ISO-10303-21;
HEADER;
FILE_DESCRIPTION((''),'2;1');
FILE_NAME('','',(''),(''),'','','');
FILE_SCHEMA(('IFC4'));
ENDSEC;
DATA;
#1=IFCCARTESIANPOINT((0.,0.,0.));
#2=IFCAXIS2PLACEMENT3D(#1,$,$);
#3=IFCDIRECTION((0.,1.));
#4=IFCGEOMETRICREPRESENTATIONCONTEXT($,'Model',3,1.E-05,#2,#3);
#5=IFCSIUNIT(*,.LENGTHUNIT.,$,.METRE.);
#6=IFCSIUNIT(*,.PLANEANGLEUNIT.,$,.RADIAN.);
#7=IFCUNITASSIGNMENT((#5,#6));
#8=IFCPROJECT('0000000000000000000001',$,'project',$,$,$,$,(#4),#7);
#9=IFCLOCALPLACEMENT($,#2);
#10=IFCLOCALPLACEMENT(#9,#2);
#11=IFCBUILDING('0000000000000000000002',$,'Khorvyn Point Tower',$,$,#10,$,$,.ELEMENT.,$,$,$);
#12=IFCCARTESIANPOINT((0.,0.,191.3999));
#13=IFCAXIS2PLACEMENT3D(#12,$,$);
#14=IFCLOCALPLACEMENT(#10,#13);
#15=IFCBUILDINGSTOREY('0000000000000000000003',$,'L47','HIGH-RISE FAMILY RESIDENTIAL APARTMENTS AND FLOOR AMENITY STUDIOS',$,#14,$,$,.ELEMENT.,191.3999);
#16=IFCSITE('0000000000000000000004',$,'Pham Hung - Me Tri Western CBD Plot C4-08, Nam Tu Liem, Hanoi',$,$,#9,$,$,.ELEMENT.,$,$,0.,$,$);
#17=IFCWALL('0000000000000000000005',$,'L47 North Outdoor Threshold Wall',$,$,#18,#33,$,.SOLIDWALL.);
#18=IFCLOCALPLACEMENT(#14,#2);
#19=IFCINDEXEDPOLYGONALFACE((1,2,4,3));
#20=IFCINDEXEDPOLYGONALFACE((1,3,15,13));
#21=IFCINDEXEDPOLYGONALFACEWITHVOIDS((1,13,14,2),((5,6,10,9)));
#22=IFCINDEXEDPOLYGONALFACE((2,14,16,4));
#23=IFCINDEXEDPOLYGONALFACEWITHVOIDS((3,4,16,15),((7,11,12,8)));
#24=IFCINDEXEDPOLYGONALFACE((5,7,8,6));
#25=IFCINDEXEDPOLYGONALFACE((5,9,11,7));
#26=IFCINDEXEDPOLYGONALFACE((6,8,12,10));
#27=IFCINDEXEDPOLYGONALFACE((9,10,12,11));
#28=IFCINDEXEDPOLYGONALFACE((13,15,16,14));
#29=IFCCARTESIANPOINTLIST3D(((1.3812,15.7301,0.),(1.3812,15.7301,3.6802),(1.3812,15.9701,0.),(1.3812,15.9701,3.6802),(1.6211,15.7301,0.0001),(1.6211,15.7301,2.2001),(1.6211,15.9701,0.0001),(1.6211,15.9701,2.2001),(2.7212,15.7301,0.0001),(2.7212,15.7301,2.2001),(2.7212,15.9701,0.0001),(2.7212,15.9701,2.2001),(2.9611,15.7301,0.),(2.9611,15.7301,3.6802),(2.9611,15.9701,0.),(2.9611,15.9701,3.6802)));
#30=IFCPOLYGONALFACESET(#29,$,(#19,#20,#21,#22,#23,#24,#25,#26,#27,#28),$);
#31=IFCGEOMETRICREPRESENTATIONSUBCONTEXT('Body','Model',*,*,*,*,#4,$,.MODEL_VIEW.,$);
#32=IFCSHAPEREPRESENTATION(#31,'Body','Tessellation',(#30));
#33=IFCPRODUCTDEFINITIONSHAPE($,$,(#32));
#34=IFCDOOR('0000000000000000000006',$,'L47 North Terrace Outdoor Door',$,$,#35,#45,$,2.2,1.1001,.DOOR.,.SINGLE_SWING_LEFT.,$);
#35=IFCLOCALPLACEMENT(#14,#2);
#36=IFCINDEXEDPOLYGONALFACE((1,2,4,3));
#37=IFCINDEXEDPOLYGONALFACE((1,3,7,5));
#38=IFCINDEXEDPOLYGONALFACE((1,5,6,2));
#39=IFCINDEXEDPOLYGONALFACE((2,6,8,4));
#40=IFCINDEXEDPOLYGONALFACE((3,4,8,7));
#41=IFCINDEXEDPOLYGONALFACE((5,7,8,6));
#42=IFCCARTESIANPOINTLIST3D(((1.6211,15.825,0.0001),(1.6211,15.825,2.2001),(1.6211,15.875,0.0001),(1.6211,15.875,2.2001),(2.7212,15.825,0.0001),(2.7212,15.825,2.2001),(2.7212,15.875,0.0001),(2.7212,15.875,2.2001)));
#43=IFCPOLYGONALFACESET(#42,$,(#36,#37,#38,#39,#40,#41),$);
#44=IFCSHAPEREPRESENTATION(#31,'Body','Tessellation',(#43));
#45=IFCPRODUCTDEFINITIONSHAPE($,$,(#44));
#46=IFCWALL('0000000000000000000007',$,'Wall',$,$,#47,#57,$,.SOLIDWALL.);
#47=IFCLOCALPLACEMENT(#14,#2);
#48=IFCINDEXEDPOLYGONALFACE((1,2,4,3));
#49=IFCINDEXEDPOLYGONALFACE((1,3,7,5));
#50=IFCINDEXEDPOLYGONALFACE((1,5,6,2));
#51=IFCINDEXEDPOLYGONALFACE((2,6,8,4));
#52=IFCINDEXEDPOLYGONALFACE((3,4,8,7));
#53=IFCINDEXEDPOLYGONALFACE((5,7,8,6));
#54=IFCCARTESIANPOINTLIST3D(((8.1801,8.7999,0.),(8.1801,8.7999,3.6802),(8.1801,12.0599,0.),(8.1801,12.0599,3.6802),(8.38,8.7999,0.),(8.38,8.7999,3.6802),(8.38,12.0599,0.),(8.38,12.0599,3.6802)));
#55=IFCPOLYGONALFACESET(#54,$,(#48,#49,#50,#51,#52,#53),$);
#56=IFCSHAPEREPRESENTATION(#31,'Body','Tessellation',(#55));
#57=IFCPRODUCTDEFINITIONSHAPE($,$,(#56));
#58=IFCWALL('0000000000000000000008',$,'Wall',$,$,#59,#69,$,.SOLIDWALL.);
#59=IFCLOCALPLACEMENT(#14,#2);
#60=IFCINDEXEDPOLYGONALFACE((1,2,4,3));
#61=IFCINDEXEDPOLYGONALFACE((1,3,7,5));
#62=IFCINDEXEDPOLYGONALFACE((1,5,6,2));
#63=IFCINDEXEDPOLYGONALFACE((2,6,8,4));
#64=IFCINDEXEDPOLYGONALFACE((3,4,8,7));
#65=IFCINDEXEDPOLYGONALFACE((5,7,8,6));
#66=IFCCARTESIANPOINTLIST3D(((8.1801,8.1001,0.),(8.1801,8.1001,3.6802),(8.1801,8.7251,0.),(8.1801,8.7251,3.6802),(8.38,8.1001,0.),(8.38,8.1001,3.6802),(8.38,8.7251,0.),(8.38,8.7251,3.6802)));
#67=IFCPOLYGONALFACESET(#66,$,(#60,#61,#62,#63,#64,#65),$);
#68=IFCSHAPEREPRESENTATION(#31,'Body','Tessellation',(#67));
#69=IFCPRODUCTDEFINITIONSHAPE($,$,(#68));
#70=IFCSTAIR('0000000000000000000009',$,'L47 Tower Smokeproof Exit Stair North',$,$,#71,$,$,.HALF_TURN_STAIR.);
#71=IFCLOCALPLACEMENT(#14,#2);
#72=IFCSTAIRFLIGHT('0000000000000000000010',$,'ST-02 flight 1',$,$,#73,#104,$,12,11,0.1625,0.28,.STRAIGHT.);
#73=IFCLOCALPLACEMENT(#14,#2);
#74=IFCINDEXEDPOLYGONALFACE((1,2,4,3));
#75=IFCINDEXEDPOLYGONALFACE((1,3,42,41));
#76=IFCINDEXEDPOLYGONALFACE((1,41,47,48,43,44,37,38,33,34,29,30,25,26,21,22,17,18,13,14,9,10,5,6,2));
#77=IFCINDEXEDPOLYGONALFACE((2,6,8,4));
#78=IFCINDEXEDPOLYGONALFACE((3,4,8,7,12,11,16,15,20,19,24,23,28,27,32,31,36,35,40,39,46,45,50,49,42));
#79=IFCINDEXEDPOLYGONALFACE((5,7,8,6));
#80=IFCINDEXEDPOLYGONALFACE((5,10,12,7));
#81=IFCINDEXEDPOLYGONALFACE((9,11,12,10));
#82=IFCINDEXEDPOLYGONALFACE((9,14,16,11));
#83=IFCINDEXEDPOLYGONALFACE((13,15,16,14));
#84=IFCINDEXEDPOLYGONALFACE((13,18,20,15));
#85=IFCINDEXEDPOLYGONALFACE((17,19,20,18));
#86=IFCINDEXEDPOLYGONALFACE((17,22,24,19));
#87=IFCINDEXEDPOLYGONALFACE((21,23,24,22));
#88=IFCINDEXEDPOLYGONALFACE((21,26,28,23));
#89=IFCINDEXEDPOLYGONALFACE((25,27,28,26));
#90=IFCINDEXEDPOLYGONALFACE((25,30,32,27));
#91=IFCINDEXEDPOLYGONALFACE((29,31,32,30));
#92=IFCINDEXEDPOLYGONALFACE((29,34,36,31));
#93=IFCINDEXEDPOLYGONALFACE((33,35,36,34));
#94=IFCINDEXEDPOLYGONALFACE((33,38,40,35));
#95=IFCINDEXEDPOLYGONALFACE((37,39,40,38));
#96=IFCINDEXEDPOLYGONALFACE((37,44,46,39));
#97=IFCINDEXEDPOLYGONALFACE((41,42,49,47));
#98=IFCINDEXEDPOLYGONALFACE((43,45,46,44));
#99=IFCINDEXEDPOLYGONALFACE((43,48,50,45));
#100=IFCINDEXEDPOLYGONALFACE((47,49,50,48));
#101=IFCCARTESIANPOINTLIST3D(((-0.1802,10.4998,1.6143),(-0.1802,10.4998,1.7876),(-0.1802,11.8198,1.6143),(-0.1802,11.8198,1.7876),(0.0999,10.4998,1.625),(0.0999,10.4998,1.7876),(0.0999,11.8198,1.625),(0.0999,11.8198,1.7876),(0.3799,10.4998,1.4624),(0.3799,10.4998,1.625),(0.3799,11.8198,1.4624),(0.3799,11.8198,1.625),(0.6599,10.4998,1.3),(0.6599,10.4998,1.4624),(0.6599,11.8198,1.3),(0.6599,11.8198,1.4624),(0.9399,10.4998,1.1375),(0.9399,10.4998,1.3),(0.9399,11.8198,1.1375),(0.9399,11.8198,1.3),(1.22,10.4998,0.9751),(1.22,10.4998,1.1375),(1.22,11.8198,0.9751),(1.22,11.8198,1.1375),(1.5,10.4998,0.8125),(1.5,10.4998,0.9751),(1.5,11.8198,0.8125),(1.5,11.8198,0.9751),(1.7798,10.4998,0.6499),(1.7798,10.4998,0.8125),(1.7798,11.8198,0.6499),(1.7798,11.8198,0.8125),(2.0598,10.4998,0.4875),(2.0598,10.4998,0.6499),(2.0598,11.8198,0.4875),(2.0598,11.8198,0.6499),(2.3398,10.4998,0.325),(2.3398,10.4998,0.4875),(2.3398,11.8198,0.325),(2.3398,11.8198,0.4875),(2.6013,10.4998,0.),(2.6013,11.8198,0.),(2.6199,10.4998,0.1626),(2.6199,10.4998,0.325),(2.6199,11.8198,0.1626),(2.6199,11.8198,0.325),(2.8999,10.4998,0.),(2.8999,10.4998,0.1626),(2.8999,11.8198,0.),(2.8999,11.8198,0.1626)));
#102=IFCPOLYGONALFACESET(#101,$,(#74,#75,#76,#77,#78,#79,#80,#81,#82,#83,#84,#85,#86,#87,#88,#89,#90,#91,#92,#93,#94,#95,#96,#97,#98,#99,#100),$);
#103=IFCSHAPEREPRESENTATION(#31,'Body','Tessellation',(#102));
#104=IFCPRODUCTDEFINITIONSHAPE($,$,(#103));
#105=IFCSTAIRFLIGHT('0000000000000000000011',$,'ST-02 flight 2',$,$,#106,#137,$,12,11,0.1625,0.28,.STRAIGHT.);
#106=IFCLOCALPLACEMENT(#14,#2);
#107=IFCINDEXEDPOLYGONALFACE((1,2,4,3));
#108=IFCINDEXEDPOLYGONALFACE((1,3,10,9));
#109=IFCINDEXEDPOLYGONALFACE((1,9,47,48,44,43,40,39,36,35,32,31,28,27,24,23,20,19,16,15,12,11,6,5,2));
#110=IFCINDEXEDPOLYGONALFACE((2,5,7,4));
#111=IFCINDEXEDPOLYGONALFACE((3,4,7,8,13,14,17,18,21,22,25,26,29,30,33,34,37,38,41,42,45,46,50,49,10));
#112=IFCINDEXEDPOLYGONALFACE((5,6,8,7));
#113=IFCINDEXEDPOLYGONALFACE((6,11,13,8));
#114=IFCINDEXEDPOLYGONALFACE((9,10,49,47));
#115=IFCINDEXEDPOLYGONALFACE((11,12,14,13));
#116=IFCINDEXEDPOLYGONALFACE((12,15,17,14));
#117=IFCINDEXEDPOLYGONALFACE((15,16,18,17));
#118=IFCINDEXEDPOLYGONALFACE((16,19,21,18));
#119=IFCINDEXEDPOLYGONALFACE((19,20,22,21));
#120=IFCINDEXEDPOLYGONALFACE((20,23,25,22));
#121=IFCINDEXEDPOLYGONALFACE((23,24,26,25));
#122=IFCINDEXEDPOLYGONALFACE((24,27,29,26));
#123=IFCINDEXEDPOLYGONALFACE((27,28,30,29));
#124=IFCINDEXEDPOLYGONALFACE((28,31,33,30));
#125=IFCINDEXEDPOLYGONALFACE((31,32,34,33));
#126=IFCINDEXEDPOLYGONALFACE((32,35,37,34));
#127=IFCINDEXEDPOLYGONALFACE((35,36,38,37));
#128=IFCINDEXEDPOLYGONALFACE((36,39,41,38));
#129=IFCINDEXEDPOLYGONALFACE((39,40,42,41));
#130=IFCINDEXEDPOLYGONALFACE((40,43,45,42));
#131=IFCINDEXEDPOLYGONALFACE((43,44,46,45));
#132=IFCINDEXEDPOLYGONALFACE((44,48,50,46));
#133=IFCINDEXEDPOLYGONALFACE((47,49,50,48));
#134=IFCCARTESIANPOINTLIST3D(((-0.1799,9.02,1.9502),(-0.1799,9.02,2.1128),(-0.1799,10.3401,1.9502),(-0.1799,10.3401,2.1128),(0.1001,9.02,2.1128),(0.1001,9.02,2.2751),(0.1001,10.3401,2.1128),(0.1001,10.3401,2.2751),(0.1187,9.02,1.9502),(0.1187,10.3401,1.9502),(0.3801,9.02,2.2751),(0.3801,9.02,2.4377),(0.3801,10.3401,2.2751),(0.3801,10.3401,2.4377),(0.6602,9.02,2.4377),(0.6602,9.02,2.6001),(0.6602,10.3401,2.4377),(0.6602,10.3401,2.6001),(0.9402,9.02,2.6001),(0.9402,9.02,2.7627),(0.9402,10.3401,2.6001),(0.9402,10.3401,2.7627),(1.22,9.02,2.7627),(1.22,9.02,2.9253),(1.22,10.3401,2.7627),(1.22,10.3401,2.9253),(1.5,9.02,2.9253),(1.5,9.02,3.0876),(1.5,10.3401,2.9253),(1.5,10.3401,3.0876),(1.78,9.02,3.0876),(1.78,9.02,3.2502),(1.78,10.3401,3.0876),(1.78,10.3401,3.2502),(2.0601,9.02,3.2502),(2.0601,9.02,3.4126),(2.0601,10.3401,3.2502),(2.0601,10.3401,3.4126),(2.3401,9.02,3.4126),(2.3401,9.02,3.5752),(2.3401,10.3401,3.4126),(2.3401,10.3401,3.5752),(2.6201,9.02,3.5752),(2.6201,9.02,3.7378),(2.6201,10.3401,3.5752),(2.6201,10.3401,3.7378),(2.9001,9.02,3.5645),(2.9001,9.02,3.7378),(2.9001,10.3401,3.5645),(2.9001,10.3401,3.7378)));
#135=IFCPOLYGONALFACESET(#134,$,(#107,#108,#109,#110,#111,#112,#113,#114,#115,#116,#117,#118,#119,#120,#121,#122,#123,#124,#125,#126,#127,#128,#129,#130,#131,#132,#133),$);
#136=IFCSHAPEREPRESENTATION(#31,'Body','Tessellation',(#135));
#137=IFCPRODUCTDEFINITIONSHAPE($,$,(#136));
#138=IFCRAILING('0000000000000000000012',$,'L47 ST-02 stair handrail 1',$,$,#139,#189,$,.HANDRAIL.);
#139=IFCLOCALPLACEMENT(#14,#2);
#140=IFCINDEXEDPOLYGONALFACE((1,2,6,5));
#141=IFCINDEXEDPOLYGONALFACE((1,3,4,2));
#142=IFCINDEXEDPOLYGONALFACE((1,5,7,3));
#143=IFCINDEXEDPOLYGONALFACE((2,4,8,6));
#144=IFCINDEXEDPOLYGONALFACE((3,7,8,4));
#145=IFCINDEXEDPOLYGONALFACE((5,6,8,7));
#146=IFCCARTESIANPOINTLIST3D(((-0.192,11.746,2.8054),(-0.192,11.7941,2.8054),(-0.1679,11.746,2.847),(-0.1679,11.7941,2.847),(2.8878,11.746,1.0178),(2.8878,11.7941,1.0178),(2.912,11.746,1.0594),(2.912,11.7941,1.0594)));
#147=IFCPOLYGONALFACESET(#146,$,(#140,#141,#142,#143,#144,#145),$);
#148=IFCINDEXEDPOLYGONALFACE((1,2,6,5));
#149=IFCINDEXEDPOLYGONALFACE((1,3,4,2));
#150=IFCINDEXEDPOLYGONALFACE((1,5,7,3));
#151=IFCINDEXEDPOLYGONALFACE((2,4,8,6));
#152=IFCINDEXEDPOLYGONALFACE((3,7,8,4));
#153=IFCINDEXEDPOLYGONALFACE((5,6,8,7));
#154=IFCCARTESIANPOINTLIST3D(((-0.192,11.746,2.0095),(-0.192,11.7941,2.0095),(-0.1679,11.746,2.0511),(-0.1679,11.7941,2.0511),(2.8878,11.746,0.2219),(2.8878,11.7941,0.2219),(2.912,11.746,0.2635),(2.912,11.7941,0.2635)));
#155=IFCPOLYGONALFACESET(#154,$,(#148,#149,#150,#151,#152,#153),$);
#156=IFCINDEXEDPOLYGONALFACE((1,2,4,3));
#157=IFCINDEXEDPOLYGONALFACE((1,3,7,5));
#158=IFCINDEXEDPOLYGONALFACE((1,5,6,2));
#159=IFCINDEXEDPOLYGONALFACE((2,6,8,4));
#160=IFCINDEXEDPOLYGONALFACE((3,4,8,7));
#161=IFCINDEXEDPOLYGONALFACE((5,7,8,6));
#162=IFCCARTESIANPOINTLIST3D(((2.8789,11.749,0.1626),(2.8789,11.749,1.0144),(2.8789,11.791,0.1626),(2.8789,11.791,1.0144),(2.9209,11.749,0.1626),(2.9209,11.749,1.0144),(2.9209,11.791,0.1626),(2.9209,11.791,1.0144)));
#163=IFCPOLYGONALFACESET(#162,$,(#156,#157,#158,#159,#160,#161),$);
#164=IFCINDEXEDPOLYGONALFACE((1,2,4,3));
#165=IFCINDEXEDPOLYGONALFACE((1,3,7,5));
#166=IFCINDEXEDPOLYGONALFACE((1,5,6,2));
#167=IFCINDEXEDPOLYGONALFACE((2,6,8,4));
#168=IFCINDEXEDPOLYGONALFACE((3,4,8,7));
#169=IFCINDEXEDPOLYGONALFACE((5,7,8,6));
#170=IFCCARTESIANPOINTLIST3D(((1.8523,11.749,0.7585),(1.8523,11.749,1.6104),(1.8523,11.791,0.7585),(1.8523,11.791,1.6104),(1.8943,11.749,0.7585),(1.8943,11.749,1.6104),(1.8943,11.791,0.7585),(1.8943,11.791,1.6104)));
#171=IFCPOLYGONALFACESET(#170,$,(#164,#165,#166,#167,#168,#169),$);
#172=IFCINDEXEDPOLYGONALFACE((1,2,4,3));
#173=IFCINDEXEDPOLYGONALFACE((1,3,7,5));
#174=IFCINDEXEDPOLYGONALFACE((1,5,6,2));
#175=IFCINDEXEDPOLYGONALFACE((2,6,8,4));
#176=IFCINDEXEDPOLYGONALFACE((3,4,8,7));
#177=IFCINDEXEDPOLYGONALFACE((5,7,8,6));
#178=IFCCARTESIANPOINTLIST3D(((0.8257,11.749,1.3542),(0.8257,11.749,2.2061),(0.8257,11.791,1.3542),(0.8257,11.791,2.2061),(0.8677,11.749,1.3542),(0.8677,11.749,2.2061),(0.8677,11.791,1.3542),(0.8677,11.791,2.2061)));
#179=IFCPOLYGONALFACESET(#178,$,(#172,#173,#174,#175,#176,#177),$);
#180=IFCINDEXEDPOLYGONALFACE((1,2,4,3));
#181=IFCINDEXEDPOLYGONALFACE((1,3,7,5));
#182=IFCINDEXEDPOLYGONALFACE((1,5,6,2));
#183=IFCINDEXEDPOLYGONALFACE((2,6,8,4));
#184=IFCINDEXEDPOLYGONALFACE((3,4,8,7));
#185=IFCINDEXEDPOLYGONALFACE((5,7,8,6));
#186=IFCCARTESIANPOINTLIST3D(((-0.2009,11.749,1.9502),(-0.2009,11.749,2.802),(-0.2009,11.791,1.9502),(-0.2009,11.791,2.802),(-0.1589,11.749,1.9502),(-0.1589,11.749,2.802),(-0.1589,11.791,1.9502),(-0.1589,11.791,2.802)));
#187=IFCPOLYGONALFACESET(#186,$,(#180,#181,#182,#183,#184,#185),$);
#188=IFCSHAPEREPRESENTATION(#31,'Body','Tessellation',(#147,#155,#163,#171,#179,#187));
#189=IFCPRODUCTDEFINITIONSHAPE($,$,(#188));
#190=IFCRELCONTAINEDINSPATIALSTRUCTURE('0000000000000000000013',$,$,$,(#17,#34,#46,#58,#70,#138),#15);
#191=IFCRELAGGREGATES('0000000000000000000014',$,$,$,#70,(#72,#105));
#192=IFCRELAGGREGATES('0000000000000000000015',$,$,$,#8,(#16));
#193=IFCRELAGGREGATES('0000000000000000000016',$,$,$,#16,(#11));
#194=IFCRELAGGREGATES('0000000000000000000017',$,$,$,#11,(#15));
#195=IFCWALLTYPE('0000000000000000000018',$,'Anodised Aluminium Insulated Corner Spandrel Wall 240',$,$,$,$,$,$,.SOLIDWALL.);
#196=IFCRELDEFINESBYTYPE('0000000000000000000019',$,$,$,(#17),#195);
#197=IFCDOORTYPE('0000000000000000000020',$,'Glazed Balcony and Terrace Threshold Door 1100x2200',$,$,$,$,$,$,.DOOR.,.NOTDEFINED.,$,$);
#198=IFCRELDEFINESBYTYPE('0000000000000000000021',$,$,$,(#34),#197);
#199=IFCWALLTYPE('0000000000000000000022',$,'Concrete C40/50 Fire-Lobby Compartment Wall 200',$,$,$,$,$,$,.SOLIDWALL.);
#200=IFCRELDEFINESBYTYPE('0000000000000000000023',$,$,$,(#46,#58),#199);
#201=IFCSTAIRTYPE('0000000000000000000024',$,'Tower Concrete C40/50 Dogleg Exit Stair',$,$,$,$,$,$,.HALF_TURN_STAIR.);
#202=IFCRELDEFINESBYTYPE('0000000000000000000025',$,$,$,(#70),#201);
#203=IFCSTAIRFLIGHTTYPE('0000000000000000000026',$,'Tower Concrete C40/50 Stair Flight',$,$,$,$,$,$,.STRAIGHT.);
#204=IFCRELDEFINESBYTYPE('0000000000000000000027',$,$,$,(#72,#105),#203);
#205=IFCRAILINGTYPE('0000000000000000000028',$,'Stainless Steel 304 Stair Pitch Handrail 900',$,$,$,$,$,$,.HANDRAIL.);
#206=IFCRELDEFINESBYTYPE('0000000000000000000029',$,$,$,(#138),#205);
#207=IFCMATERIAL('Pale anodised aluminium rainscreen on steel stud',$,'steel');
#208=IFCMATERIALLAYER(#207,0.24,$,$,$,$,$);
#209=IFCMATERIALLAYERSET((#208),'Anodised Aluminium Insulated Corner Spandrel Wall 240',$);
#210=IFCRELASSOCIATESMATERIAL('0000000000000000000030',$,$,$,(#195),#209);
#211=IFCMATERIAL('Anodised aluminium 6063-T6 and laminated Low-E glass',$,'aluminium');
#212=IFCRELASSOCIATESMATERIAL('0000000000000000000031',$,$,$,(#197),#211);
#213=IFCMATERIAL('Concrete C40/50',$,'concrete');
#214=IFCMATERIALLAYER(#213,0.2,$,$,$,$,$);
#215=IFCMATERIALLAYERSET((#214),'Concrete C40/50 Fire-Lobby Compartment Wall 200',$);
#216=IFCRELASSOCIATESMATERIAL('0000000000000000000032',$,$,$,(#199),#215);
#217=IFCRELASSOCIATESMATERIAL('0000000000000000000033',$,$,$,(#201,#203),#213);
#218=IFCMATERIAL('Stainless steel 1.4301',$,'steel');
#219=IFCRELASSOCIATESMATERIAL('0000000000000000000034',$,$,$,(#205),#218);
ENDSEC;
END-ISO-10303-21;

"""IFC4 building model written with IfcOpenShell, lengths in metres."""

from ifc_helpers import new_model, si_unit, direction, frame, frame_2d, origin, origin_2d, place, context, subcontext, project, spatial, polyline, rectangle, outline, extrude, material, layer, layer_set, type_object, element, fill, aggregate, save


model = new_model("IFC4")

# Units and contexts
model_context = context("Model", 3, precision=1e-05, world=origin(), true_north=direction((0.0, 1.0)))
body_context = subcontext(model_context, "Body", "Model", "MODEL_VIEW")
ifc_project = project(units=[si_unit("LENGTHUNIT", "METRE"), si_unit("PLANEANGLEUNIT", "RADIAN")], contexts=[model_context])

# Site, building, storey
site_placement = place(None, origin())
site = spatial("IfcSite", under=ifc_project, at=site_placement, Name="Pham Hung - Me Tri Western CBD Plot C4-08, Nam Tu Liem, Hanoi", CompositionType="ELEMENT", RefElevation=0.0)
building_placement = place(site_placement, origin())
building = spatial("IfcBuilding", under=site, at=building_placement, Name="Khorvyn Point Tower", CompositionType="ELEMENT")
storey_placement = place(building_placement, frame((0.0, 0.0, 191.3999)))
storey = spatial("IfcBuildingStorey", under=building, at=storey_placement, Name="L47", Description="HIGH-RISE FAMILY RESIDENTIAL APARTMENTS AND FLOOR AMENITY STUDIOS", CompositionType="ELEMENT", Elevation=191.3999)

# Shared definitions
ifc_material_1 = material(Name="Anodised aluminium 6063-T6 and laminated Low-E glass", Category="aluminium")

# Wall, opening, door
ifc_material_2 = material(Name="Pale anodised aluminium rainscreen on steel stud", Category="steel")
ifc_layer_1 = layer(ifc_material_2, 0.24)
ifc_layer_set_1 = layer_set([ifc_layer_1], Name="Anodised Aluminium Insulated Corner Spandrel Wall 240")
wall_type_1 = type_object("IfcWallType", Name="Anodised Aluminium Insulated Corner Spandrel Wall 240", PredefinedType="SOLIDWALL", material=ifc_layer_set_1)
wall_1_placement = place(storey_placement, frame((1.3811, 15.8501, 0.0), z_axis=(0.0, 0.0, 1.0), x_axis=(1.0, 0.0, 0.0)))
wall_1 = element("IfcWall", 1, at=wall_1_placement, inside=storey, type_object=wall_type_1, Name="L47 North Outdoor Threshold Wall", PredefinedType="SOLIDWALL", context=body_context, shape_type="SweptSolid", body=[
    extrude(rectangle(XDim=1.5798, YDim=0.24, at=frame_2d((0.79, 0.0))), origin(), (0.0, 0.0, 1.0), 3.6802),
])
opening_1_placement = place(wall_1_placement, frame((0.24, 0.0, 0.0)))
opening_1 = element("IfcOpeningElement", 2, at=opening_1_placement, cuts=wall_1, PredefinedType="OPENING", context=body_context, shape_type="SweptSolid", body=[
    extrude(rectangle(XDim=1.1001, YDim=2.2, at=frame_2d((0.55, 1.1001))), frame((0.0, 0.1299, 0.0), z_axis=(0.0, -1.0, 0.0), x_axis=(1.0, 0.0, 0.0)), (0.0, 0.0, 1.0), 0.26),
])
door_type_1 = type_object("IfcDoorType", Name="Glazed Balcony and Terrace Threshold Door 1100x2200", OperationType="NOTDEFINED", PredefinedType="DOOR", material=ifc_material_1)
door_1_placement = place(opening_1_placement, origin())
door_1 = element("IfcDoor", 3, at=door_1_placement, inside=storey, type_object=door_type_1, Name="L47 North Terrace Outdoor Door", OperationType="SINGLE_SWING_LEFT", OverallHeight=2.2, OverallWidth=1.1001, PredefinedType="DOOR", context=body_context, shape_type="SweptSolid", body=[
    extrude(rectangle(XDim=1.1001, YDim=2.2, at=frame_2d((0.55, 1.1001))), frame((0.0, 0.0249, 0.0), z_axis=(0.0, -1.0, 0.0), x_axis=(1.0, 0.0, 0.0)), (0.0, 0.0, 1.0), 0.05),
])
fill(opening_1, door_1)
ifc_material_3 = material(Name="Concrete C40/50", Category="concrete")
ifc_layer_2 = layer(ifc_material_3, 0.2)
ifc_layer_set_2 = layer_set([ifc_layer_2], Name="Concrete C40/50 Fire-Lobby Compartment Wall 200")
wall_type_2 = type_object("IfcWallType", Name="Concrete C40/50 Fire-Lobby Compartment Wall 200", PredefinedType="SOLIDWALL", material=ifc_layer_set_2)

# Walls
wall_2_placement = place(storey_placement, frame((8.28, 8.8, 0.0), z_axis=(0.0, 0.0, 1.0), x_axis=(0.0, 1.0, 0.0)))
element("IfcWall", 4, at=wall_2_placement, inside=storey, type_object=wall_type_2, Name="Wall", PredefinedType="SOLIDWALL", context=body_context, shape_type="SweptSolid", body=[
    extrude(rectangle(XDim=3.26, YDim=0.2, at=frame_2d((1.6299, 0.0))), origin(), (0.0, 0.0, 1.0), 3.6802),
])
wall_3_placement = place(storey_placement, frame((8.28, 8.1001, 0.0), z_axis=(0.0, 0.0, 1.0), x_axis=(0.0, 1.0, 0.0)))
element("IfcWall", 5, at=wall_3_placement, inside=storey, type_object=wall_type_2, Name="Wall", PredefinedType="SOLIDWALL", context=body_context, shape_type="SweptSolid", body=[
    extrude(rectangle(XDim=0.625, YDim=0.2, at=frame_2d((0.3125, 0.0))), origin(), (0.0, 0.0, 1.0), 3.6802),
])

# Stair, stair flights
stair_type = type_object("IfcStairType", Name="Tower Concrete C40/50 Dogleg Exit Stair", PredefinedType="HALF_TURN_STAIR", material=ifc_material_3)
stair_placement = place(storey_placement, origin())
stair = element("IfcStair", 6, at=stair_placement, inside=storey, type_object=stair_type, Name="L47 Tower Smokeproof Exit Stair North", PredefinedType="HALF_TURN_STAIR")
stair_flight_type = type_object("IfcStairFlightType", Name="Tower Concrete C40/50 Stair Flight", PredefinedType="STRAIGHT", material=ifc_material_3)
stair_flight_1_placement = place(storey_placement, frame((2.8999, 11.1599, 0.0), z_axis=(0.0, 0.0, 1.0), x_axis=(-1.0, 0.0, 0.0)))
stair_flight_1 = element("IfcStairFlight", 7, at=stair_flight_1_placement, type_object=stair_flight_type, Name="ST-02 flight 1", NumberOfRisers=12, NumberOfTreads=11, PredefinedType="STRAIGHT", RiserHeight=0.1625, TreadLength=0.28, context=body_context, shape_type="SweptSolid", body=[
    extrude(outline(polyline([(0.0, 0.0), (0.0, 0.1626), (0.28, 0.1626), (0.28, 0.325), (0.5601, 0.325), (0.5601, 0.4875), (0.8401, 0.4875), (0.8401, 0.6499), (1.1201, 0.6499), (1.1201, 0.8125), (1.3999, 0.8125), (1.3999, 0.9751), (1.6799, 0.9751), (1.6799, 1.1375), (1.96, 1.1375), (1.96, 1.3), (2.24, 1.3), (2.24, 1.4624), (2.52, 1.4624), (2.52, 1.625), (2.8, 1.625), (2.8, 1.7876), (3.0801, 1.7876), (3.0801, 1.95), (3.0801, 1.6143), (0.2986, 0.0), (0.0, 0.0)])), frame((0.0, 0.6602, 0.0), z_axis=(0.0, -1.0, 0.0), x_axis=(1.0, 0.0, 0.0)), (0.0, 0.0, 1.0), 1.3201),
])
stair_flight_2_placement = place(storey_placement, frame((-0.1799, 9.6799, 1.9502), z_axis=(0.0, 0.0, 1.0), x_axis=(1.0, 0.0, 0.0)))
stair_flight_2 = element("IfcStairFlight", 8, at=stair_flight_2_placement, type_object=stair_flight_type, Name="ST-02 flight 2", NumberOfRisers=12, NumberOfTreads=11, PredefinedType="STRAIGHT", RiserHeight=0.1625, TreadLength=0.28, context=body_context, shape_type="SweptSolid", body=[
    extrude(outline(polyline([(0.0, 0.0), (0.0, 0.1626), (0.28, 0.1626), (0.28, 0.325), (0.5601, 0.325), (0.5601, 0.4875), (0.8401, 0.4875), (0.8401, 0.6499), (1.1201, 0.6499), (1.1201, 0.8125), (1.3999, 0.8125), (1.3999, 0.9751), (1.6799, 0.9751), (1.6799, 1.1375), (1.96, 1.1375), (1.96, 1.3), (2.24, 1.3), (2.24, 1.4624), (2.52, 1.4624), (2.52, 1.625), (2.8, 1.625), (2.8, 1.7876), (3.0801, 1.7876), (3.0801, 1.95), (3.0801, 1.6143), (0.2986, 0.0), (0.0, 0.0)])), frame((0.0, 0.6602, 0.0), z_axis=(0.0, -1.0, 0.0), x_axis=(1.0, 0.0, 0.0)), (0.0, 0.0, 1.0), 1.3201),
])
aggregate(stair, [stair_flight_1, stair_flight_2])

# Railing
ifc_material_4 = material(Name="Stainless steel 1.4301", Category="steel")
railing_type_1 = type_object("IfcRailingType", Name="Stainless Steel 304 Stair Pitch Handrail 900", PredefinedType="HANDRAIL", material=ifc_material_4)
railing_1_placement = place(storey_placement, frame((2.8999, 11.77, 0.1626)))
element("IfcRailing", 9, at=railing_1_placement, inside=storey, type_object=railing_type_1, Name="L47 ST-02 stair handrail 1", PredefinedType="HANDRAIL", context=body_context, shape_type="SweptSolid", body=[
    extrude(rectangle(XDim=0.0481, YDim=0.0481, at=origin_2d()), frame((0.0, 0.0, 0.876), z_axis=(-0.864873, 0.0, 0.50199), x_axis=(0.0, -1.0, 0.0)), (0.0, 0.0, 1.0), 3.561),
    extrude(rectangle(XDim=0.0481, YDim=0.0481, at=origin_2d()), frame((0.0, 0.0, 0.0801), z_axis=(-0.864873, 0.0, 0.50199), x_axis=(0.0, -1.0, 0.0)), (0.0, 0.0, 1.0), 3.561),
    extrude(rectangle(XDim=0.042, YDim=0.042, at=origin_2d()), origin(), (0.0, 0.0, 1.0), 0.8518),
    extrude(rectangle(XDim=0.042, YDim=0.042, at=origin_2d()), frame((-1.0266, 0.0, 0.5959)), (0.0, 0.0, 1.0), 0.8518),
    extrude(rectangle(XDim=0.042, YDim=0.042, at=origin_2d()), frame((-2.0532, 0.0, 1.1917)), (0.0, 0.0, 1.0), 0.8518),
    extrude(rectangle(XDim=0.042, YDim=0.042, at=origin_2d()), frame((-3.0798, 0.0, 1.7876)), (0.0, 0.0, 1.0), 0.8518),
])

save(model, "model.ifc")
